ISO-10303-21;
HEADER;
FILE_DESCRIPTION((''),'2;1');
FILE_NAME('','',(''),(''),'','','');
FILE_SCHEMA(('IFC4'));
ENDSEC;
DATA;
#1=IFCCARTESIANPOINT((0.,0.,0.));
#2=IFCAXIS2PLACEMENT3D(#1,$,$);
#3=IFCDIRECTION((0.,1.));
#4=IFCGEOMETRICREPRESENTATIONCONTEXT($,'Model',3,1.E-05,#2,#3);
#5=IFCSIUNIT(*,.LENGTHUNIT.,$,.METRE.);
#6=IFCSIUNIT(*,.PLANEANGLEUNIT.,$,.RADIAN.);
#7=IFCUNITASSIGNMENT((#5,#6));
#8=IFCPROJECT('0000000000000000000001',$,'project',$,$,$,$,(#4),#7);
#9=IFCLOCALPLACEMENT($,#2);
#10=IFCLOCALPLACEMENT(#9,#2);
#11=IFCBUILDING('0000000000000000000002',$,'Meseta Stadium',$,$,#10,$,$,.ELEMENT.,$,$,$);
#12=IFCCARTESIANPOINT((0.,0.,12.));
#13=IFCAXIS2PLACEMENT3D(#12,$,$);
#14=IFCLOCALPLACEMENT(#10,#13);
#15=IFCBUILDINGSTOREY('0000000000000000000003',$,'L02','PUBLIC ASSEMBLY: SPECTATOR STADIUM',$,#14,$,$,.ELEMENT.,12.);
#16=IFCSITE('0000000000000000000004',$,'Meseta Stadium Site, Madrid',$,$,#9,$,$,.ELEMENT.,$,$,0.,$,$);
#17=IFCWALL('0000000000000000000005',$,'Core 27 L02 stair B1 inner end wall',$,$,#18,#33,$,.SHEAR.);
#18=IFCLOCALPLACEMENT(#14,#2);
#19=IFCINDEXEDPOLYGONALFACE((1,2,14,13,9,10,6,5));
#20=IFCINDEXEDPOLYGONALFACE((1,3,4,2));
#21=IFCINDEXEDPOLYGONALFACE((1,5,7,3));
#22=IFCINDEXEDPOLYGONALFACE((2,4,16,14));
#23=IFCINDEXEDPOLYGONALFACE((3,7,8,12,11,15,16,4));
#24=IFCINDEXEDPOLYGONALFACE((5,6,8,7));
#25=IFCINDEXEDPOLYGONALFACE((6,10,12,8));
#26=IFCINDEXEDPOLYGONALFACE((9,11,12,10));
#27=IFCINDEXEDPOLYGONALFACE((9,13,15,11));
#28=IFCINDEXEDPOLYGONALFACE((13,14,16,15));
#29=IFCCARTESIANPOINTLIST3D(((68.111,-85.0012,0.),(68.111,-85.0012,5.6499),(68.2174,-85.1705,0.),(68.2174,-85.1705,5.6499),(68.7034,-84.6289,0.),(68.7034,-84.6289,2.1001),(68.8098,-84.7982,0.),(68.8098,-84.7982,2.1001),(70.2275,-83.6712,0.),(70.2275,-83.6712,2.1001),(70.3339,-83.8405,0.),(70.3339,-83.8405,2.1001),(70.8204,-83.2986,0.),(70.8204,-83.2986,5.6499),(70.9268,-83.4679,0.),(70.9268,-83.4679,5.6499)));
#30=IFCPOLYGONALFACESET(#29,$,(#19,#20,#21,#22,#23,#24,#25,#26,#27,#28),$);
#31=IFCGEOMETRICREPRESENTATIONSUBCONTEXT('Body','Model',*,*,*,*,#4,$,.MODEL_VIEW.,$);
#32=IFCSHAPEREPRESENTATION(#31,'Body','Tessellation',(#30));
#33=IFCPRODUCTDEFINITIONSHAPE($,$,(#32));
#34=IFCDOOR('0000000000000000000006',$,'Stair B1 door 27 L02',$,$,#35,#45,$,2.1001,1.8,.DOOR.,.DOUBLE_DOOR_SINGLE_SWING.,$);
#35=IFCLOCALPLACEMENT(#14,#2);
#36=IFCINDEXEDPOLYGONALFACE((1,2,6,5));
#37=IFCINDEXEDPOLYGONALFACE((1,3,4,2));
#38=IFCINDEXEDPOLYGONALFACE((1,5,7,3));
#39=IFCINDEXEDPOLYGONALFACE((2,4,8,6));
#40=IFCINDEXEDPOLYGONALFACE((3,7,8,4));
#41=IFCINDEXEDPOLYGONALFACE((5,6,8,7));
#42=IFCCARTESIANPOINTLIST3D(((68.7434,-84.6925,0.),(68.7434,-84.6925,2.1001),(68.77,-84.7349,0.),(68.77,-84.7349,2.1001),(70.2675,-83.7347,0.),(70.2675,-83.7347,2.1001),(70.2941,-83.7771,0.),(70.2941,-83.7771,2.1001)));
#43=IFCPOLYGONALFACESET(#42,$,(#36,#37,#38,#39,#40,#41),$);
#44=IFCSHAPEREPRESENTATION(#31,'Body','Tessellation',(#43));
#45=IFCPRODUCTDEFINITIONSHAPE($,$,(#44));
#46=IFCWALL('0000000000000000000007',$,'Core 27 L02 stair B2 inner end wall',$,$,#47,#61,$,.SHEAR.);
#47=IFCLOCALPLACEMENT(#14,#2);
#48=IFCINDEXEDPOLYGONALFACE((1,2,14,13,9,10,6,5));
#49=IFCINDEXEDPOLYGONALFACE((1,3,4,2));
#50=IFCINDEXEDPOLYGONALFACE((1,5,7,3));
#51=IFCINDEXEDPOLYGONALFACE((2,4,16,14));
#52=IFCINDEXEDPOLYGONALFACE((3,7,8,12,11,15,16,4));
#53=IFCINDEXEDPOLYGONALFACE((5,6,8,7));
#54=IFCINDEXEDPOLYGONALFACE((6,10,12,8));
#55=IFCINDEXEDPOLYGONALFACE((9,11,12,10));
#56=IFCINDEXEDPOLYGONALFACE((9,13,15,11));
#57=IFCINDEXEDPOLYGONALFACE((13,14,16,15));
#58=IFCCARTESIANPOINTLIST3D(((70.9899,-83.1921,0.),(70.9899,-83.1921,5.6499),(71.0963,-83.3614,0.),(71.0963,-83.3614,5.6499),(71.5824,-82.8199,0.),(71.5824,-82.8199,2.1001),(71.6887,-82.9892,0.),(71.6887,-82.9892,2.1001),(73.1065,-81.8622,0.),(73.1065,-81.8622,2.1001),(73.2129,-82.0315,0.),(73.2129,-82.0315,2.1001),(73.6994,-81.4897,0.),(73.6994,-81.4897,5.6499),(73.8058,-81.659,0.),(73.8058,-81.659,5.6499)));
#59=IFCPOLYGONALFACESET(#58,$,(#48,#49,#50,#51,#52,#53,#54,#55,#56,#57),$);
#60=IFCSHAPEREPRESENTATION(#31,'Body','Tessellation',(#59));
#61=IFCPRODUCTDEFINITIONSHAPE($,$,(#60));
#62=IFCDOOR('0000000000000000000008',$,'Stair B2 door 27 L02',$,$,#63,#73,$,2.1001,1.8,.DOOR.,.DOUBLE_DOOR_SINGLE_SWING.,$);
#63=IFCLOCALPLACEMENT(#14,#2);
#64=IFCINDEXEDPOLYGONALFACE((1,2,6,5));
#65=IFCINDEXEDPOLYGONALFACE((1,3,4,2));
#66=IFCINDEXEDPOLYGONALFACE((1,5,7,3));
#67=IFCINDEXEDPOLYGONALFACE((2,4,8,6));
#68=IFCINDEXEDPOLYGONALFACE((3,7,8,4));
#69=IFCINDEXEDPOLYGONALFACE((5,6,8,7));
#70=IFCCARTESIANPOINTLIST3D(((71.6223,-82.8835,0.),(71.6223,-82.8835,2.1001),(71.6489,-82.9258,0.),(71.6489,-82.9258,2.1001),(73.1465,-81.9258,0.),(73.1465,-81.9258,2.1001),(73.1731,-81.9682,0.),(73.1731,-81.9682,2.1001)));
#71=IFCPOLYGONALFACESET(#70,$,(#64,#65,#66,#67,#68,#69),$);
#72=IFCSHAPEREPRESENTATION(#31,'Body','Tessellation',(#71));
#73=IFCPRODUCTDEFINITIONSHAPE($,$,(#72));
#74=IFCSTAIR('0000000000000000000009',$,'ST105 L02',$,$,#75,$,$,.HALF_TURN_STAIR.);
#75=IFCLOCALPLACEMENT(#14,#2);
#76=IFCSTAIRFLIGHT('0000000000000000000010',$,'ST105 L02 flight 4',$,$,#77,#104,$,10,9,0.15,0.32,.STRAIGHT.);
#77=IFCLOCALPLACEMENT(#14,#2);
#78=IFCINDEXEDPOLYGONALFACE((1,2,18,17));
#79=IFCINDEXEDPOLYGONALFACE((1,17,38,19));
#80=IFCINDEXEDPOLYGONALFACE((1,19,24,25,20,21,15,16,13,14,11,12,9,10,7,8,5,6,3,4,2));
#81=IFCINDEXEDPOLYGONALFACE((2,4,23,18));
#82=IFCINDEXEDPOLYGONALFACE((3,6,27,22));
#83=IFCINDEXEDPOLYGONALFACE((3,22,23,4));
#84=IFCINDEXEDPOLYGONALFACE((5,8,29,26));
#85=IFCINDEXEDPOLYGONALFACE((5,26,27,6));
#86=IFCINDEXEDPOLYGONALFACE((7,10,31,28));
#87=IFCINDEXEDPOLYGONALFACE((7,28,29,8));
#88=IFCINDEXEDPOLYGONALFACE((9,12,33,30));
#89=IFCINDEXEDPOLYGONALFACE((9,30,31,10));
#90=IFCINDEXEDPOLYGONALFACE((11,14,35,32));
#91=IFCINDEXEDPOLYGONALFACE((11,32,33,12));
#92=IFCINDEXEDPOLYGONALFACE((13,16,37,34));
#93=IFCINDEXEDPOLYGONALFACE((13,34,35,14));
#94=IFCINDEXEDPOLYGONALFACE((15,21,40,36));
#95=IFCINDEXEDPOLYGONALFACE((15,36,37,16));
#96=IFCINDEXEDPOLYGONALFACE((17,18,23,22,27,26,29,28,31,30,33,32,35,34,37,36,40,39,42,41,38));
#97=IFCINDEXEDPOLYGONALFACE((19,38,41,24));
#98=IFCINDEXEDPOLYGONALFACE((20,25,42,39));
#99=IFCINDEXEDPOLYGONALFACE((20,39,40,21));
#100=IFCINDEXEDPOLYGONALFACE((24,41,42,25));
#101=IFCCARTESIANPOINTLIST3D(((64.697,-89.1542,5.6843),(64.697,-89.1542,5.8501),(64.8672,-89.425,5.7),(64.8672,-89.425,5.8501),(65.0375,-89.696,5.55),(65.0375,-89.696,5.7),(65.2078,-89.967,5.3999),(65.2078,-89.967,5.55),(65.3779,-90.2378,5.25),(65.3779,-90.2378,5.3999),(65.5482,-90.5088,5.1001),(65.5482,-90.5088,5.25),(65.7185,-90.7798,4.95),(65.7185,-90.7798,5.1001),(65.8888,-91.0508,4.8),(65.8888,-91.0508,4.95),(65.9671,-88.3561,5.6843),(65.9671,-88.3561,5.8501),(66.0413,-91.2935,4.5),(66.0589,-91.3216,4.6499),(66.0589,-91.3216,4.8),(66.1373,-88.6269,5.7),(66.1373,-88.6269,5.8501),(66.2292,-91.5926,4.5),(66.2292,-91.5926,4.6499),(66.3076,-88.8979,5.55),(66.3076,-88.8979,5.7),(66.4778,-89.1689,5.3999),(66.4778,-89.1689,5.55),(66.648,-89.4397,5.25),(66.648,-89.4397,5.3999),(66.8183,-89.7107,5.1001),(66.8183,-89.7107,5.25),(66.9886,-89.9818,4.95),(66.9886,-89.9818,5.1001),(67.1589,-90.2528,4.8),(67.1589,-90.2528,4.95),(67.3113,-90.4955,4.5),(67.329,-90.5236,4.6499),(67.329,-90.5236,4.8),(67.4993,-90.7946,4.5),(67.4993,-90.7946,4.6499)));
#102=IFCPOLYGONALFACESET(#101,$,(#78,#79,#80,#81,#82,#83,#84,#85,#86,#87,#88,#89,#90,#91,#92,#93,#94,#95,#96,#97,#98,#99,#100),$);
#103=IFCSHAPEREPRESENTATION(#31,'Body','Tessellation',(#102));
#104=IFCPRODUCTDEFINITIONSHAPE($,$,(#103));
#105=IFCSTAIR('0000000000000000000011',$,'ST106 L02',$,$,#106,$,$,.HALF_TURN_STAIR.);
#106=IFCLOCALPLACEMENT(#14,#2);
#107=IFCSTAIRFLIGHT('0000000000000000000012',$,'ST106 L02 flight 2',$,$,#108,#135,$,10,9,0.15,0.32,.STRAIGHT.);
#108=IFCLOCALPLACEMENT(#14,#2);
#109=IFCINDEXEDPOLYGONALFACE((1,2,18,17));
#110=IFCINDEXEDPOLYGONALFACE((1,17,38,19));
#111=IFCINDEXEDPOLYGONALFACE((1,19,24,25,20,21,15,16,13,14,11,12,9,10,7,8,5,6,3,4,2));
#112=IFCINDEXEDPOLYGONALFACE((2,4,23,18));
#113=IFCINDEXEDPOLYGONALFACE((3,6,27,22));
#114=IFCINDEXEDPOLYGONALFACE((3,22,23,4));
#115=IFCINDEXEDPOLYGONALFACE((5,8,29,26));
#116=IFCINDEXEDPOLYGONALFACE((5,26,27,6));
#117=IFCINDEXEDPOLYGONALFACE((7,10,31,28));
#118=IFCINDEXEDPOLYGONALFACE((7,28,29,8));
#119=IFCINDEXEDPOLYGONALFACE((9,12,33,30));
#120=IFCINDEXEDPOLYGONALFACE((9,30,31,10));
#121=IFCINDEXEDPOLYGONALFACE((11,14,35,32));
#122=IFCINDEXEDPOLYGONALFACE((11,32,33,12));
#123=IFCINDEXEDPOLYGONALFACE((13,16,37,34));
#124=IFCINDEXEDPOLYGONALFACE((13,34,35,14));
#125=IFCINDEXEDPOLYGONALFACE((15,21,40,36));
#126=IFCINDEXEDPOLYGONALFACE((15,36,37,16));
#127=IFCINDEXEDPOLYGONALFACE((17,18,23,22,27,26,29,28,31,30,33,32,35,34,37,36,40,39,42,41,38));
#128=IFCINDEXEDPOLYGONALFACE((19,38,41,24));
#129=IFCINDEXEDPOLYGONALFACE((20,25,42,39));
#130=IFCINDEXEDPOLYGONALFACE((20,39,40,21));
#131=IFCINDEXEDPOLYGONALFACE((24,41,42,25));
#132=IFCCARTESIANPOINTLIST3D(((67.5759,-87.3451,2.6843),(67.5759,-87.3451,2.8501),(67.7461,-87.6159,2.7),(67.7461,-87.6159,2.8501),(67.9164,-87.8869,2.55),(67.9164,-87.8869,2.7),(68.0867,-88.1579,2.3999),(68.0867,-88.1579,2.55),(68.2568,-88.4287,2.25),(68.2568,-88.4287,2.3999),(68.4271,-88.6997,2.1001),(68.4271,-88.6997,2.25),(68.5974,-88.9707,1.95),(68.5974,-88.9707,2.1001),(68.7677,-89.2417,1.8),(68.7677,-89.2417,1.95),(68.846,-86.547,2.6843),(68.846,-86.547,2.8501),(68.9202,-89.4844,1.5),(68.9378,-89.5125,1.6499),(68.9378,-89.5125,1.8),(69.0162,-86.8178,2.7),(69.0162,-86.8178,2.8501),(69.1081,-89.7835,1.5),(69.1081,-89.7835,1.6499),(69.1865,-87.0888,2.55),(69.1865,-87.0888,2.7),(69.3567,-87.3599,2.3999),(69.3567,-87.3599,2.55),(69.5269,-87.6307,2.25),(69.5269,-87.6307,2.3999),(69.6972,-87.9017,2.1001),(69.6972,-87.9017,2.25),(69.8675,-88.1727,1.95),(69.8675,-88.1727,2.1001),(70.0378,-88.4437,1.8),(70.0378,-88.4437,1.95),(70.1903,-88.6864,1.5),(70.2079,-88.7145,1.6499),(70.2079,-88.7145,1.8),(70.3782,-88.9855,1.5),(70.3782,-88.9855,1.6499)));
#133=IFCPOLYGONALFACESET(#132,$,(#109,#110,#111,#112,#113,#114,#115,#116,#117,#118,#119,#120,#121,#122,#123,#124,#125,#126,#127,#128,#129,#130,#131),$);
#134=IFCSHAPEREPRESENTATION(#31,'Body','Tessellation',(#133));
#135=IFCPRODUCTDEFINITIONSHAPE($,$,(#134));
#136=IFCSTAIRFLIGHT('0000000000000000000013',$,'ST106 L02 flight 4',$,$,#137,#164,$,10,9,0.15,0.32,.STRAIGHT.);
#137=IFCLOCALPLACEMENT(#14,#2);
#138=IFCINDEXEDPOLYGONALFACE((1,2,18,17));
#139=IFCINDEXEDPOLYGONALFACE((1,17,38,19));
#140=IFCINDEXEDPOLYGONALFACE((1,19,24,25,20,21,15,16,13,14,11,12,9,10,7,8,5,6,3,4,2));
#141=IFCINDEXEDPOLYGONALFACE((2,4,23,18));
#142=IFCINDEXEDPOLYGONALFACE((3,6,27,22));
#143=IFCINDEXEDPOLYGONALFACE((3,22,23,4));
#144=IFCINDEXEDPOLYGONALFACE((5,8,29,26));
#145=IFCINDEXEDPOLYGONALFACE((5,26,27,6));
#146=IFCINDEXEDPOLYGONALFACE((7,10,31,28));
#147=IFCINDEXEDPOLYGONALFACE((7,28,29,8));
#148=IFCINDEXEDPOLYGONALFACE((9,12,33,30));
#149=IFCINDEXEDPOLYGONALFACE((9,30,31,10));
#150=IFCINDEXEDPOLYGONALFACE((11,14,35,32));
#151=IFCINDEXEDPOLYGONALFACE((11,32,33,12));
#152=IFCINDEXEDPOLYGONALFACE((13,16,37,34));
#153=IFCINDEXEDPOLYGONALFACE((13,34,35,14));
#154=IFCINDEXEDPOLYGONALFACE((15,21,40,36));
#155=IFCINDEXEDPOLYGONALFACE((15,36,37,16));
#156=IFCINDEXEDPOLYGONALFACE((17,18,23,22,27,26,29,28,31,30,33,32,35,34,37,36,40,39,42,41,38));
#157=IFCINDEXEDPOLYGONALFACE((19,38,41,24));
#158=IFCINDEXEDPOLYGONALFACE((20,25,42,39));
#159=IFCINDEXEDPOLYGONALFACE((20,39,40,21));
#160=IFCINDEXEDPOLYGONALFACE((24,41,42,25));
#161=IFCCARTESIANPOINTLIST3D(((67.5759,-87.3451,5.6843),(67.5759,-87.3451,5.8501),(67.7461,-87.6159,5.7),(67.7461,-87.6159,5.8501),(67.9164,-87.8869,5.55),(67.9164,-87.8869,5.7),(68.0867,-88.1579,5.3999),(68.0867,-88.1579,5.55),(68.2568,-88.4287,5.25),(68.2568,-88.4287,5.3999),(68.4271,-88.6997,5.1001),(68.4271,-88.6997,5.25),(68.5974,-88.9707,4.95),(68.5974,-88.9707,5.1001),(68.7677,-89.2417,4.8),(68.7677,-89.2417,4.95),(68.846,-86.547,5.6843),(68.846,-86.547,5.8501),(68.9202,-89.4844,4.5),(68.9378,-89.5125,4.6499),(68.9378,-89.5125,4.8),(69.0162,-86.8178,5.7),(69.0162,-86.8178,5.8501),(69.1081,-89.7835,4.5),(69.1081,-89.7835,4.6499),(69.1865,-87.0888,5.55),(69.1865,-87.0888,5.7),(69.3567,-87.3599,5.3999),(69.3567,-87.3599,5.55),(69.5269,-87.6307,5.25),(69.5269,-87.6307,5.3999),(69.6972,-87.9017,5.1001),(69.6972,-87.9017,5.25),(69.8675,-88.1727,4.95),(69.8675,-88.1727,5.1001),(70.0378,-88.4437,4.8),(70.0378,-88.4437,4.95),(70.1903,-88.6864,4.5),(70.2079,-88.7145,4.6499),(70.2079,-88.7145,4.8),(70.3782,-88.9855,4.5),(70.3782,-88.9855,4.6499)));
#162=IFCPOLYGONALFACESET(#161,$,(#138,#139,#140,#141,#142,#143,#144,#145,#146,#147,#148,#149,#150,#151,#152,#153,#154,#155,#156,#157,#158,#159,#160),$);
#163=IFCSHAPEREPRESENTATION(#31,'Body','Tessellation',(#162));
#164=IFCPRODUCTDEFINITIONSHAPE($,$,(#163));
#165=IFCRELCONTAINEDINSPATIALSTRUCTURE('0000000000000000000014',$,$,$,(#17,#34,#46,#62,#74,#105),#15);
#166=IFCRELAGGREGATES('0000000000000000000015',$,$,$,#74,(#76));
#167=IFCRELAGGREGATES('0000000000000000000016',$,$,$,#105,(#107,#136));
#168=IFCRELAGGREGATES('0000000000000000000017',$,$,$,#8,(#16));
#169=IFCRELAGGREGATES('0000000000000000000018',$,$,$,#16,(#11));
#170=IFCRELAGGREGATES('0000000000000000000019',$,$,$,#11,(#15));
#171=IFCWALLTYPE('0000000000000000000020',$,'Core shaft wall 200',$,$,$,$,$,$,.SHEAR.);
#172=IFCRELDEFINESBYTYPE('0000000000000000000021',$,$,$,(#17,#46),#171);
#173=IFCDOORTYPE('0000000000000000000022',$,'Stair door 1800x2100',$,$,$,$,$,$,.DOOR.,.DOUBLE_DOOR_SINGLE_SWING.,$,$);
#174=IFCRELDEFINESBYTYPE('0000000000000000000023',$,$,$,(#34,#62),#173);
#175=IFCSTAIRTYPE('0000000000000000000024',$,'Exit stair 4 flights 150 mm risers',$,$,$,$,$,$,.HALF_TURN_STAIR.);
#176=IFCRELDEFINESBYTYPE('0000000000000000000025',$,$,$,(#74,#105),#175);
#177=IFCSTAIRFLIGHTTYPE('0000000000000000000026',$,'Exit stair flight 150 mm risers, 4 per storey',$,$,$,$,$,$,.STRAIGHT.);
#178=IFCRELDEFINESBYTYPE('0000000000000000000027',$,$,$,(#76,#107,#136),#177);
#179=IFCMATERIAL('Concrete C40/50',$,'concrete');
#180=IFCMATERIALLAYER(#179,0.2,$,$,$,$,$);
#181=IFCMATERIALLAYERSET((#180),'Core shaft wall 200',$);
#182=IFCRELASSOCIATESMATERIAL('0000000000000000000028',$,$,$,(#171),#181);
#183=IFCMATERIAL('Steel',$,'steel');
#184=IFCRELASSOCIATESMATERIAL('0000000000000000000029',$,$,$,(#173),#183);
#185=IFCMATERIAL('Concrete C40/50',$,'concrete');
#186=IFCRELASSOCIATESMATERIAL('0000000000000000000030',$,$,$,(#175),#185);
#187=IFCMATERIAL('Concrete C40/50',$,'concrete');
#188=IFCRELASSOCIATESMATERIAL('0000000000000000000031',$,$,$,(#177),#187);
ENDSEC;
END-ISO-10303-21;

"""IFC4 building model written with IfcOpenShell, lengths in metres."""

from ifc_helpers import new_model, si_unit, direction, frame, frame_2d, origin, place, context, subcontext, project, spatial, polyline, rectangle, outline, extrude, material, layer, layer_set, type_object, element, fill, aggregate, save


model = new_model("IFC4")

# Units and contexts
model_context = context("Model", 3, precision=1e-05, world=origin(), true_north=direction((0.0, 1.0)))
body_context = subcontext(model_context, "Body", "Model", "MODEL_VIEW")
ifc_project = project(units=[si_unit("LENGTHUNIT", "METRE"), si_unit("PLANEANGLEUNIT", "RADIAN")], contexts=[model_context])

# Site, building, storey
site_placement = place(None, origin())
site = spatial("IfcSite", under=ifc_project, at=site_placement, Name="Meseta Stadium Site, Madrid", CompositionType="ELEMENT", RefElevation=0.0)
building_placement = place(site_placement, origin())
building = spatial("IfcBuilding", under=site, at=building_placement, Name="Meseta Stadium", CompositionType="ELEMENT")
storey_placement = place(building_placement, frame((0.0, 0.0, 12.0)))
storey = spatial("IfcBuildingStorey", under=building, at=storey_placement, Name="L02", Description="PUBLIC ASSEMBLY: SPECTATOR STADIUM", CompositionType="ELEMENT", Elevation=12.0)

# Walls, openings, doors
ifc_material_1 = material(Name="Concrete C40/50", Category="concrete")
ifc_layer = layer(ifc_material_1, 0.2)
ifc_layer_set = layer_set([ifc_layer], Name="Core shaft wall 200")
wall_type = type_object("IfcWallType", Name="Core shaft wall 200", PredefinedType="SHEAR", material=ifc_layer_set)
wall_1_placement = place(storey_placement, frame((68.1641, -85.0859, 0.0), z_axis=(0.0, 0.0, 1.0), x_axis=(0.846701, 0.532068, 0.0)))
wall_1 = element("IfcWall", 1, at=wall_1_placement, inside=storey, type_object=wall_type, Name="Core 27 L02 stair B1 inner end wall", PredefinedType="SHEAR", context=body_context, shape_type="SweptSolid", body=[
    extrude(rectangle(XDim=3.2, YDim=0.2, at=frame_2d((1.6001, 0.0))), origin(), (0.0, 0.0, 1.0), 5.6499),
])
opening_1_placement = place(wall_1_placement, frame((0.7, 0.0, 0.0)))
opening_1 = element("IfcOpeningElement", 2, at=opening_1_placement, cuts=wall_1, PredefinedType="OPENING", context=body_context, shape_type="SweptSolid", body=[
    extrude(rectangle(XDim=1.8, YDim=2.1001, at=frame_2d((0.8999, 1.05))), frame((0.0, 0.1099, 0.0), z_axis=(0.0, -1.0, 0.0), x_axis=(1.0, 0.0, 0.0)), (0.0, 0.0, 1.0), 0.22),
])
ifc_material_2 = material(Name="Steel", Category="steel")
door_type = type_object("IfcDoorType", Name="Stair door 1800x2100", OperationType="DOUBLE_DOOR_SINGLE_SWING", PredefinedType="DOOR", material=ifc_material_2)
door_1_placement = place(opening_1_placement, origin())
door_1 = element("IfcDoor", 3, at=door_1_placement, inside=storey, type_object=door_type, Name="Stair B1 door 27 L02", OperationType="DOUBLE_DOOR_SINGLE_SWING", OverallHeight=2.1001, OverallWidth=1.8, PredefinedType="DOOR", context=body_context, shape_type="SweptSolid", body=[
    extrude(rectangle(XDim=1.8, YDim=2.1001, at=frame_2d((0.8999, 1.05))), frame((0.0, 0.0249, 0.0), z_axis=(0.0, -1.0, 0.0), x_axis=(1.0, 0.0, 0.0)), (0.0, 0.0, 1.0), 0.05),
])
fill(opening_1, door_1)
wall_2_placement = place(storey_placement, frame((71.043, -83.2769, 0.0), z_axis=(0.0, 0.0, 1.0), x_axis=(0.846736, 0.532014, 0.0)))
wall_2 = element("IfcWall", 4, at=wall_2_placement, inside=storey, type_object=wall_type, Name="Core 27 L02 stair B2 inner end wall", PredefinedType="SHEAR", context=body_context, shape_type="SweptSolid", body=[
    extrude(rectangle(XDim=3.2, YDim=0.2, at=frame_2d((1.6001, 0.0))), origin(), (0.0, 0.0, 1.0), 5.6499),
])
opening_2_placement = place(wall_2_placement, frame((0.7, 0.0, 0.0)))
opening_2 = element("IfcOpeningElement", 5, at=opening_2_placement, cuts=wall_2, PredefinedType="OPENING", context=body_context, shape_type="SweptSolid", body=[
    extrude(rectangle(XDim=1.8, YDim=2.1001, at=frame_2d((0.8999, 1.05))), frame((0.0, 0.1099, 0.0), z_axis=(0.0, -1.0, 0.0), x_axis=(1.0, 0.0, 0.0)), (0.0, 0.0, 1.0), 0.22),
])
door_2_placement = place(opening_2_placement, origin())
door_2 = element("IfcDoor", 6, at=door_2_placement, inside=storey, type_object=door_type, Name="Stair B2 door 27 L02", OperationType="DOUBLE_DOOR_SINGLE_SWING", OverallHeight=2.1001, OverallWidth=1.8, PredefinedType="DOOR", context=body_context, shape_type="SweptSolid", body=[
    extrude(rectangle(XDim=1.8, YDim=2.1001, at=frame_2d((0.8999, 1.05))), frame((0.0, 0.0249, 0.0), z_axis=(0.0, -1.0, 0.0), x_axis=(1.0, 0.0, 0.0)), (0.0, 0.0, 1.0), 0.05),
])
fill(opening_2, door_2)

# Stair, stair flight
ifc_material_3 = material(Name="Concrete C40/50", Category="concrete")
stair_type = type_object("IfcStairType", Name="Exit stair 4 flights 150 mm risers", PredefinedType="HALF_TURN_STAIR", material=ifc_material_3)
stair_1_placement = place(storey_placement, origin())
stair_1 = element("IfcStair", 7, at=stair_1_placement, inside=storey, type_object=stair_type, Name="ST105 L02", PredefinedType="HALF_TURN_STAIR")
ifc_material_4 = material(Name="Concrete C40/50", Category="concrete")
stair_flight_type = type_object("IfcStairFlightType", Name="Exit stair flight 150 mm risers, 4 per storey", PredefinedType="STRAIGHT", material=ifc_material_4)
stair_flight_1_placement = place(storey_placement, frame((66.8643, -91.1936, 4.5), z_axis=(0.0, 0.0, 1.0), x_axis=(-0.532032, 0.846724, 0.0)))
stair_flight_1 = element("IfcStairFlight", 8, at=stair_flight_1_placement, type_object=stair_flight_type, Name="ST105 L02 flight 4", NumberOfRisers=10, NumberOfTreads=9, PredefinedType="STRAIGHT", RiserHeight=0.15, TreadLength=0.32, context=body_context, shape_type="SweptSolid", body=[
    extrude(outline(polyline([(0.0, 0.0), (0.0, 0.1499), (0.3201, 0.1499), (0.3201, 0.3), (0.6399, 0.3), (0.6399, 0.45), (0.96, 0.45), (0.96, 0.6001), (1.28, 0.6001), (1.28, 0.75), (1.6001, 0.75), (1.6001, 0.8999), (1.9199, 0.8999), (1.9199, 1.05), (2.24, 1.05), (2.24, 1.2), (2.5601, 1.2), (2.5601, 1.3501), (2.8799, 1.3501), (2.8799, 1.1843), (0.3533, 0.0), (0.0, 0.0)])), frame((0.0, 0.75, 0.0), z_axis=(0.0, -1.0, 0.0), x_axis=(1.0, 0.0, 0.0)), (0.0, 0.0, 1.0), 1.5),
])
aggregate(stair_1, [stair_flight_1])

# Stair, stair flights
stair_2_placement = place(storey_placement, origin())
stair_2 = element("IfcStair", 9, at=stair_2_placement, inside=storey, type_object=stair_type, Name="ST106 L02", PredefinedType="HALF_TURN_STAIR")
stair_flight_2_placement = place(storey_placement, frame((69.7432, -89.3845, 1.5), z_axis=(0.0, 0.0, 1.0), x_axis=(-0.532032, 0.846724, 0.0)))
stair_flight_2 = element("IfcStairFlight", 10, at=stair_flight_2_placement, type_object=stair_flight_type, Name="ST106 L02 flight 2", NumberOfRisers=10, NumberOfTreads=9, PredefinedType="STRAIGHT", RiserHeight=0.15, TreadLength=0.32, context=body_context, shape_type="SweptSolid", body=[
    extrude(outline(polyline([(0.0, 0.0), (0.0, 0.1499), (0.3201, 0.1499), (0.3201, 0.3), (0.6399, 0.3), (0.6399, 0.45), (0.96, 0.45), (0.96, 0.6001), (1.28, 0.6001), (1.28, 0.75), (1.6001, 0.75), (1.6001, 0.8999), (1.9199, 0.8999), (1.9199, 1.05), (2.24, 1.05), (2.24, 1.2), (2.5601, 1.2), (2.5601, 1.3501), (2.8799, 1.3501), (2.8799, 1.1843), (0.3533, 0.0), (0.0, 0.0)])), frame((0.0, 0.75, 0.0), z_axis=(0.0, -1.0, 0.0), x_axis=(1.0, 0.0, 0.0)), (0.0, 0.0, 1.0), 1.5),
])
stair_flight_3_placement = place(storey_placement, frame((69.7432, -89.3845, 4.5), z_axis=(0.0, 0.0, 1.0), x_axis=(-0.532032, 0.846724, 0.0)))
stair_flight_3 = element("IfcStairFlight", 11, at=stair_flight_3_placement, type_object=stair_flight_type, Name="ST106 L02 flight 4", NumberOfRisers=10, NumberOfTreads=9, PredefinedType="STRAIGHT", RiserHeight=0.15, TreadLength=0.32, context=body_context, shape_type="SweptSolid", body=[
    extrude(outline(polyline([(0.0, 0.0), (0.0, 0.1499), (0.3201, 0.1499), (0.3201, 0.3), (0.6399, 0.3), (0.6399, 0.45), (0.96, 0.45), (0.96, 0.6001), (1.28, 0.6001), (1.28, 0.75), (1.6001, 0.75), (1.6001, 0.8999), (1.9199, 0.8999), (1.9199, 1.05), (2.24, 1.05), (2.24, 1.2), (2.5601, 1.2), (2.5601, 1.3501), (2.8799, 1.3501), (2.8799, 1.1843), (0.3533, 0.0), (0.0, 0.0)])), frame((0.0, 0.75, 0.0), z_axis=(0.0, -1.0, 0.0), x_axis=(1.0, 0.0, 0.0)), (0.0, 0.0, 1.0), 1.5),
])
aggregate(stair_2, [stair_flight_2, stair_flight_3])

save(model, "model.ifc")
